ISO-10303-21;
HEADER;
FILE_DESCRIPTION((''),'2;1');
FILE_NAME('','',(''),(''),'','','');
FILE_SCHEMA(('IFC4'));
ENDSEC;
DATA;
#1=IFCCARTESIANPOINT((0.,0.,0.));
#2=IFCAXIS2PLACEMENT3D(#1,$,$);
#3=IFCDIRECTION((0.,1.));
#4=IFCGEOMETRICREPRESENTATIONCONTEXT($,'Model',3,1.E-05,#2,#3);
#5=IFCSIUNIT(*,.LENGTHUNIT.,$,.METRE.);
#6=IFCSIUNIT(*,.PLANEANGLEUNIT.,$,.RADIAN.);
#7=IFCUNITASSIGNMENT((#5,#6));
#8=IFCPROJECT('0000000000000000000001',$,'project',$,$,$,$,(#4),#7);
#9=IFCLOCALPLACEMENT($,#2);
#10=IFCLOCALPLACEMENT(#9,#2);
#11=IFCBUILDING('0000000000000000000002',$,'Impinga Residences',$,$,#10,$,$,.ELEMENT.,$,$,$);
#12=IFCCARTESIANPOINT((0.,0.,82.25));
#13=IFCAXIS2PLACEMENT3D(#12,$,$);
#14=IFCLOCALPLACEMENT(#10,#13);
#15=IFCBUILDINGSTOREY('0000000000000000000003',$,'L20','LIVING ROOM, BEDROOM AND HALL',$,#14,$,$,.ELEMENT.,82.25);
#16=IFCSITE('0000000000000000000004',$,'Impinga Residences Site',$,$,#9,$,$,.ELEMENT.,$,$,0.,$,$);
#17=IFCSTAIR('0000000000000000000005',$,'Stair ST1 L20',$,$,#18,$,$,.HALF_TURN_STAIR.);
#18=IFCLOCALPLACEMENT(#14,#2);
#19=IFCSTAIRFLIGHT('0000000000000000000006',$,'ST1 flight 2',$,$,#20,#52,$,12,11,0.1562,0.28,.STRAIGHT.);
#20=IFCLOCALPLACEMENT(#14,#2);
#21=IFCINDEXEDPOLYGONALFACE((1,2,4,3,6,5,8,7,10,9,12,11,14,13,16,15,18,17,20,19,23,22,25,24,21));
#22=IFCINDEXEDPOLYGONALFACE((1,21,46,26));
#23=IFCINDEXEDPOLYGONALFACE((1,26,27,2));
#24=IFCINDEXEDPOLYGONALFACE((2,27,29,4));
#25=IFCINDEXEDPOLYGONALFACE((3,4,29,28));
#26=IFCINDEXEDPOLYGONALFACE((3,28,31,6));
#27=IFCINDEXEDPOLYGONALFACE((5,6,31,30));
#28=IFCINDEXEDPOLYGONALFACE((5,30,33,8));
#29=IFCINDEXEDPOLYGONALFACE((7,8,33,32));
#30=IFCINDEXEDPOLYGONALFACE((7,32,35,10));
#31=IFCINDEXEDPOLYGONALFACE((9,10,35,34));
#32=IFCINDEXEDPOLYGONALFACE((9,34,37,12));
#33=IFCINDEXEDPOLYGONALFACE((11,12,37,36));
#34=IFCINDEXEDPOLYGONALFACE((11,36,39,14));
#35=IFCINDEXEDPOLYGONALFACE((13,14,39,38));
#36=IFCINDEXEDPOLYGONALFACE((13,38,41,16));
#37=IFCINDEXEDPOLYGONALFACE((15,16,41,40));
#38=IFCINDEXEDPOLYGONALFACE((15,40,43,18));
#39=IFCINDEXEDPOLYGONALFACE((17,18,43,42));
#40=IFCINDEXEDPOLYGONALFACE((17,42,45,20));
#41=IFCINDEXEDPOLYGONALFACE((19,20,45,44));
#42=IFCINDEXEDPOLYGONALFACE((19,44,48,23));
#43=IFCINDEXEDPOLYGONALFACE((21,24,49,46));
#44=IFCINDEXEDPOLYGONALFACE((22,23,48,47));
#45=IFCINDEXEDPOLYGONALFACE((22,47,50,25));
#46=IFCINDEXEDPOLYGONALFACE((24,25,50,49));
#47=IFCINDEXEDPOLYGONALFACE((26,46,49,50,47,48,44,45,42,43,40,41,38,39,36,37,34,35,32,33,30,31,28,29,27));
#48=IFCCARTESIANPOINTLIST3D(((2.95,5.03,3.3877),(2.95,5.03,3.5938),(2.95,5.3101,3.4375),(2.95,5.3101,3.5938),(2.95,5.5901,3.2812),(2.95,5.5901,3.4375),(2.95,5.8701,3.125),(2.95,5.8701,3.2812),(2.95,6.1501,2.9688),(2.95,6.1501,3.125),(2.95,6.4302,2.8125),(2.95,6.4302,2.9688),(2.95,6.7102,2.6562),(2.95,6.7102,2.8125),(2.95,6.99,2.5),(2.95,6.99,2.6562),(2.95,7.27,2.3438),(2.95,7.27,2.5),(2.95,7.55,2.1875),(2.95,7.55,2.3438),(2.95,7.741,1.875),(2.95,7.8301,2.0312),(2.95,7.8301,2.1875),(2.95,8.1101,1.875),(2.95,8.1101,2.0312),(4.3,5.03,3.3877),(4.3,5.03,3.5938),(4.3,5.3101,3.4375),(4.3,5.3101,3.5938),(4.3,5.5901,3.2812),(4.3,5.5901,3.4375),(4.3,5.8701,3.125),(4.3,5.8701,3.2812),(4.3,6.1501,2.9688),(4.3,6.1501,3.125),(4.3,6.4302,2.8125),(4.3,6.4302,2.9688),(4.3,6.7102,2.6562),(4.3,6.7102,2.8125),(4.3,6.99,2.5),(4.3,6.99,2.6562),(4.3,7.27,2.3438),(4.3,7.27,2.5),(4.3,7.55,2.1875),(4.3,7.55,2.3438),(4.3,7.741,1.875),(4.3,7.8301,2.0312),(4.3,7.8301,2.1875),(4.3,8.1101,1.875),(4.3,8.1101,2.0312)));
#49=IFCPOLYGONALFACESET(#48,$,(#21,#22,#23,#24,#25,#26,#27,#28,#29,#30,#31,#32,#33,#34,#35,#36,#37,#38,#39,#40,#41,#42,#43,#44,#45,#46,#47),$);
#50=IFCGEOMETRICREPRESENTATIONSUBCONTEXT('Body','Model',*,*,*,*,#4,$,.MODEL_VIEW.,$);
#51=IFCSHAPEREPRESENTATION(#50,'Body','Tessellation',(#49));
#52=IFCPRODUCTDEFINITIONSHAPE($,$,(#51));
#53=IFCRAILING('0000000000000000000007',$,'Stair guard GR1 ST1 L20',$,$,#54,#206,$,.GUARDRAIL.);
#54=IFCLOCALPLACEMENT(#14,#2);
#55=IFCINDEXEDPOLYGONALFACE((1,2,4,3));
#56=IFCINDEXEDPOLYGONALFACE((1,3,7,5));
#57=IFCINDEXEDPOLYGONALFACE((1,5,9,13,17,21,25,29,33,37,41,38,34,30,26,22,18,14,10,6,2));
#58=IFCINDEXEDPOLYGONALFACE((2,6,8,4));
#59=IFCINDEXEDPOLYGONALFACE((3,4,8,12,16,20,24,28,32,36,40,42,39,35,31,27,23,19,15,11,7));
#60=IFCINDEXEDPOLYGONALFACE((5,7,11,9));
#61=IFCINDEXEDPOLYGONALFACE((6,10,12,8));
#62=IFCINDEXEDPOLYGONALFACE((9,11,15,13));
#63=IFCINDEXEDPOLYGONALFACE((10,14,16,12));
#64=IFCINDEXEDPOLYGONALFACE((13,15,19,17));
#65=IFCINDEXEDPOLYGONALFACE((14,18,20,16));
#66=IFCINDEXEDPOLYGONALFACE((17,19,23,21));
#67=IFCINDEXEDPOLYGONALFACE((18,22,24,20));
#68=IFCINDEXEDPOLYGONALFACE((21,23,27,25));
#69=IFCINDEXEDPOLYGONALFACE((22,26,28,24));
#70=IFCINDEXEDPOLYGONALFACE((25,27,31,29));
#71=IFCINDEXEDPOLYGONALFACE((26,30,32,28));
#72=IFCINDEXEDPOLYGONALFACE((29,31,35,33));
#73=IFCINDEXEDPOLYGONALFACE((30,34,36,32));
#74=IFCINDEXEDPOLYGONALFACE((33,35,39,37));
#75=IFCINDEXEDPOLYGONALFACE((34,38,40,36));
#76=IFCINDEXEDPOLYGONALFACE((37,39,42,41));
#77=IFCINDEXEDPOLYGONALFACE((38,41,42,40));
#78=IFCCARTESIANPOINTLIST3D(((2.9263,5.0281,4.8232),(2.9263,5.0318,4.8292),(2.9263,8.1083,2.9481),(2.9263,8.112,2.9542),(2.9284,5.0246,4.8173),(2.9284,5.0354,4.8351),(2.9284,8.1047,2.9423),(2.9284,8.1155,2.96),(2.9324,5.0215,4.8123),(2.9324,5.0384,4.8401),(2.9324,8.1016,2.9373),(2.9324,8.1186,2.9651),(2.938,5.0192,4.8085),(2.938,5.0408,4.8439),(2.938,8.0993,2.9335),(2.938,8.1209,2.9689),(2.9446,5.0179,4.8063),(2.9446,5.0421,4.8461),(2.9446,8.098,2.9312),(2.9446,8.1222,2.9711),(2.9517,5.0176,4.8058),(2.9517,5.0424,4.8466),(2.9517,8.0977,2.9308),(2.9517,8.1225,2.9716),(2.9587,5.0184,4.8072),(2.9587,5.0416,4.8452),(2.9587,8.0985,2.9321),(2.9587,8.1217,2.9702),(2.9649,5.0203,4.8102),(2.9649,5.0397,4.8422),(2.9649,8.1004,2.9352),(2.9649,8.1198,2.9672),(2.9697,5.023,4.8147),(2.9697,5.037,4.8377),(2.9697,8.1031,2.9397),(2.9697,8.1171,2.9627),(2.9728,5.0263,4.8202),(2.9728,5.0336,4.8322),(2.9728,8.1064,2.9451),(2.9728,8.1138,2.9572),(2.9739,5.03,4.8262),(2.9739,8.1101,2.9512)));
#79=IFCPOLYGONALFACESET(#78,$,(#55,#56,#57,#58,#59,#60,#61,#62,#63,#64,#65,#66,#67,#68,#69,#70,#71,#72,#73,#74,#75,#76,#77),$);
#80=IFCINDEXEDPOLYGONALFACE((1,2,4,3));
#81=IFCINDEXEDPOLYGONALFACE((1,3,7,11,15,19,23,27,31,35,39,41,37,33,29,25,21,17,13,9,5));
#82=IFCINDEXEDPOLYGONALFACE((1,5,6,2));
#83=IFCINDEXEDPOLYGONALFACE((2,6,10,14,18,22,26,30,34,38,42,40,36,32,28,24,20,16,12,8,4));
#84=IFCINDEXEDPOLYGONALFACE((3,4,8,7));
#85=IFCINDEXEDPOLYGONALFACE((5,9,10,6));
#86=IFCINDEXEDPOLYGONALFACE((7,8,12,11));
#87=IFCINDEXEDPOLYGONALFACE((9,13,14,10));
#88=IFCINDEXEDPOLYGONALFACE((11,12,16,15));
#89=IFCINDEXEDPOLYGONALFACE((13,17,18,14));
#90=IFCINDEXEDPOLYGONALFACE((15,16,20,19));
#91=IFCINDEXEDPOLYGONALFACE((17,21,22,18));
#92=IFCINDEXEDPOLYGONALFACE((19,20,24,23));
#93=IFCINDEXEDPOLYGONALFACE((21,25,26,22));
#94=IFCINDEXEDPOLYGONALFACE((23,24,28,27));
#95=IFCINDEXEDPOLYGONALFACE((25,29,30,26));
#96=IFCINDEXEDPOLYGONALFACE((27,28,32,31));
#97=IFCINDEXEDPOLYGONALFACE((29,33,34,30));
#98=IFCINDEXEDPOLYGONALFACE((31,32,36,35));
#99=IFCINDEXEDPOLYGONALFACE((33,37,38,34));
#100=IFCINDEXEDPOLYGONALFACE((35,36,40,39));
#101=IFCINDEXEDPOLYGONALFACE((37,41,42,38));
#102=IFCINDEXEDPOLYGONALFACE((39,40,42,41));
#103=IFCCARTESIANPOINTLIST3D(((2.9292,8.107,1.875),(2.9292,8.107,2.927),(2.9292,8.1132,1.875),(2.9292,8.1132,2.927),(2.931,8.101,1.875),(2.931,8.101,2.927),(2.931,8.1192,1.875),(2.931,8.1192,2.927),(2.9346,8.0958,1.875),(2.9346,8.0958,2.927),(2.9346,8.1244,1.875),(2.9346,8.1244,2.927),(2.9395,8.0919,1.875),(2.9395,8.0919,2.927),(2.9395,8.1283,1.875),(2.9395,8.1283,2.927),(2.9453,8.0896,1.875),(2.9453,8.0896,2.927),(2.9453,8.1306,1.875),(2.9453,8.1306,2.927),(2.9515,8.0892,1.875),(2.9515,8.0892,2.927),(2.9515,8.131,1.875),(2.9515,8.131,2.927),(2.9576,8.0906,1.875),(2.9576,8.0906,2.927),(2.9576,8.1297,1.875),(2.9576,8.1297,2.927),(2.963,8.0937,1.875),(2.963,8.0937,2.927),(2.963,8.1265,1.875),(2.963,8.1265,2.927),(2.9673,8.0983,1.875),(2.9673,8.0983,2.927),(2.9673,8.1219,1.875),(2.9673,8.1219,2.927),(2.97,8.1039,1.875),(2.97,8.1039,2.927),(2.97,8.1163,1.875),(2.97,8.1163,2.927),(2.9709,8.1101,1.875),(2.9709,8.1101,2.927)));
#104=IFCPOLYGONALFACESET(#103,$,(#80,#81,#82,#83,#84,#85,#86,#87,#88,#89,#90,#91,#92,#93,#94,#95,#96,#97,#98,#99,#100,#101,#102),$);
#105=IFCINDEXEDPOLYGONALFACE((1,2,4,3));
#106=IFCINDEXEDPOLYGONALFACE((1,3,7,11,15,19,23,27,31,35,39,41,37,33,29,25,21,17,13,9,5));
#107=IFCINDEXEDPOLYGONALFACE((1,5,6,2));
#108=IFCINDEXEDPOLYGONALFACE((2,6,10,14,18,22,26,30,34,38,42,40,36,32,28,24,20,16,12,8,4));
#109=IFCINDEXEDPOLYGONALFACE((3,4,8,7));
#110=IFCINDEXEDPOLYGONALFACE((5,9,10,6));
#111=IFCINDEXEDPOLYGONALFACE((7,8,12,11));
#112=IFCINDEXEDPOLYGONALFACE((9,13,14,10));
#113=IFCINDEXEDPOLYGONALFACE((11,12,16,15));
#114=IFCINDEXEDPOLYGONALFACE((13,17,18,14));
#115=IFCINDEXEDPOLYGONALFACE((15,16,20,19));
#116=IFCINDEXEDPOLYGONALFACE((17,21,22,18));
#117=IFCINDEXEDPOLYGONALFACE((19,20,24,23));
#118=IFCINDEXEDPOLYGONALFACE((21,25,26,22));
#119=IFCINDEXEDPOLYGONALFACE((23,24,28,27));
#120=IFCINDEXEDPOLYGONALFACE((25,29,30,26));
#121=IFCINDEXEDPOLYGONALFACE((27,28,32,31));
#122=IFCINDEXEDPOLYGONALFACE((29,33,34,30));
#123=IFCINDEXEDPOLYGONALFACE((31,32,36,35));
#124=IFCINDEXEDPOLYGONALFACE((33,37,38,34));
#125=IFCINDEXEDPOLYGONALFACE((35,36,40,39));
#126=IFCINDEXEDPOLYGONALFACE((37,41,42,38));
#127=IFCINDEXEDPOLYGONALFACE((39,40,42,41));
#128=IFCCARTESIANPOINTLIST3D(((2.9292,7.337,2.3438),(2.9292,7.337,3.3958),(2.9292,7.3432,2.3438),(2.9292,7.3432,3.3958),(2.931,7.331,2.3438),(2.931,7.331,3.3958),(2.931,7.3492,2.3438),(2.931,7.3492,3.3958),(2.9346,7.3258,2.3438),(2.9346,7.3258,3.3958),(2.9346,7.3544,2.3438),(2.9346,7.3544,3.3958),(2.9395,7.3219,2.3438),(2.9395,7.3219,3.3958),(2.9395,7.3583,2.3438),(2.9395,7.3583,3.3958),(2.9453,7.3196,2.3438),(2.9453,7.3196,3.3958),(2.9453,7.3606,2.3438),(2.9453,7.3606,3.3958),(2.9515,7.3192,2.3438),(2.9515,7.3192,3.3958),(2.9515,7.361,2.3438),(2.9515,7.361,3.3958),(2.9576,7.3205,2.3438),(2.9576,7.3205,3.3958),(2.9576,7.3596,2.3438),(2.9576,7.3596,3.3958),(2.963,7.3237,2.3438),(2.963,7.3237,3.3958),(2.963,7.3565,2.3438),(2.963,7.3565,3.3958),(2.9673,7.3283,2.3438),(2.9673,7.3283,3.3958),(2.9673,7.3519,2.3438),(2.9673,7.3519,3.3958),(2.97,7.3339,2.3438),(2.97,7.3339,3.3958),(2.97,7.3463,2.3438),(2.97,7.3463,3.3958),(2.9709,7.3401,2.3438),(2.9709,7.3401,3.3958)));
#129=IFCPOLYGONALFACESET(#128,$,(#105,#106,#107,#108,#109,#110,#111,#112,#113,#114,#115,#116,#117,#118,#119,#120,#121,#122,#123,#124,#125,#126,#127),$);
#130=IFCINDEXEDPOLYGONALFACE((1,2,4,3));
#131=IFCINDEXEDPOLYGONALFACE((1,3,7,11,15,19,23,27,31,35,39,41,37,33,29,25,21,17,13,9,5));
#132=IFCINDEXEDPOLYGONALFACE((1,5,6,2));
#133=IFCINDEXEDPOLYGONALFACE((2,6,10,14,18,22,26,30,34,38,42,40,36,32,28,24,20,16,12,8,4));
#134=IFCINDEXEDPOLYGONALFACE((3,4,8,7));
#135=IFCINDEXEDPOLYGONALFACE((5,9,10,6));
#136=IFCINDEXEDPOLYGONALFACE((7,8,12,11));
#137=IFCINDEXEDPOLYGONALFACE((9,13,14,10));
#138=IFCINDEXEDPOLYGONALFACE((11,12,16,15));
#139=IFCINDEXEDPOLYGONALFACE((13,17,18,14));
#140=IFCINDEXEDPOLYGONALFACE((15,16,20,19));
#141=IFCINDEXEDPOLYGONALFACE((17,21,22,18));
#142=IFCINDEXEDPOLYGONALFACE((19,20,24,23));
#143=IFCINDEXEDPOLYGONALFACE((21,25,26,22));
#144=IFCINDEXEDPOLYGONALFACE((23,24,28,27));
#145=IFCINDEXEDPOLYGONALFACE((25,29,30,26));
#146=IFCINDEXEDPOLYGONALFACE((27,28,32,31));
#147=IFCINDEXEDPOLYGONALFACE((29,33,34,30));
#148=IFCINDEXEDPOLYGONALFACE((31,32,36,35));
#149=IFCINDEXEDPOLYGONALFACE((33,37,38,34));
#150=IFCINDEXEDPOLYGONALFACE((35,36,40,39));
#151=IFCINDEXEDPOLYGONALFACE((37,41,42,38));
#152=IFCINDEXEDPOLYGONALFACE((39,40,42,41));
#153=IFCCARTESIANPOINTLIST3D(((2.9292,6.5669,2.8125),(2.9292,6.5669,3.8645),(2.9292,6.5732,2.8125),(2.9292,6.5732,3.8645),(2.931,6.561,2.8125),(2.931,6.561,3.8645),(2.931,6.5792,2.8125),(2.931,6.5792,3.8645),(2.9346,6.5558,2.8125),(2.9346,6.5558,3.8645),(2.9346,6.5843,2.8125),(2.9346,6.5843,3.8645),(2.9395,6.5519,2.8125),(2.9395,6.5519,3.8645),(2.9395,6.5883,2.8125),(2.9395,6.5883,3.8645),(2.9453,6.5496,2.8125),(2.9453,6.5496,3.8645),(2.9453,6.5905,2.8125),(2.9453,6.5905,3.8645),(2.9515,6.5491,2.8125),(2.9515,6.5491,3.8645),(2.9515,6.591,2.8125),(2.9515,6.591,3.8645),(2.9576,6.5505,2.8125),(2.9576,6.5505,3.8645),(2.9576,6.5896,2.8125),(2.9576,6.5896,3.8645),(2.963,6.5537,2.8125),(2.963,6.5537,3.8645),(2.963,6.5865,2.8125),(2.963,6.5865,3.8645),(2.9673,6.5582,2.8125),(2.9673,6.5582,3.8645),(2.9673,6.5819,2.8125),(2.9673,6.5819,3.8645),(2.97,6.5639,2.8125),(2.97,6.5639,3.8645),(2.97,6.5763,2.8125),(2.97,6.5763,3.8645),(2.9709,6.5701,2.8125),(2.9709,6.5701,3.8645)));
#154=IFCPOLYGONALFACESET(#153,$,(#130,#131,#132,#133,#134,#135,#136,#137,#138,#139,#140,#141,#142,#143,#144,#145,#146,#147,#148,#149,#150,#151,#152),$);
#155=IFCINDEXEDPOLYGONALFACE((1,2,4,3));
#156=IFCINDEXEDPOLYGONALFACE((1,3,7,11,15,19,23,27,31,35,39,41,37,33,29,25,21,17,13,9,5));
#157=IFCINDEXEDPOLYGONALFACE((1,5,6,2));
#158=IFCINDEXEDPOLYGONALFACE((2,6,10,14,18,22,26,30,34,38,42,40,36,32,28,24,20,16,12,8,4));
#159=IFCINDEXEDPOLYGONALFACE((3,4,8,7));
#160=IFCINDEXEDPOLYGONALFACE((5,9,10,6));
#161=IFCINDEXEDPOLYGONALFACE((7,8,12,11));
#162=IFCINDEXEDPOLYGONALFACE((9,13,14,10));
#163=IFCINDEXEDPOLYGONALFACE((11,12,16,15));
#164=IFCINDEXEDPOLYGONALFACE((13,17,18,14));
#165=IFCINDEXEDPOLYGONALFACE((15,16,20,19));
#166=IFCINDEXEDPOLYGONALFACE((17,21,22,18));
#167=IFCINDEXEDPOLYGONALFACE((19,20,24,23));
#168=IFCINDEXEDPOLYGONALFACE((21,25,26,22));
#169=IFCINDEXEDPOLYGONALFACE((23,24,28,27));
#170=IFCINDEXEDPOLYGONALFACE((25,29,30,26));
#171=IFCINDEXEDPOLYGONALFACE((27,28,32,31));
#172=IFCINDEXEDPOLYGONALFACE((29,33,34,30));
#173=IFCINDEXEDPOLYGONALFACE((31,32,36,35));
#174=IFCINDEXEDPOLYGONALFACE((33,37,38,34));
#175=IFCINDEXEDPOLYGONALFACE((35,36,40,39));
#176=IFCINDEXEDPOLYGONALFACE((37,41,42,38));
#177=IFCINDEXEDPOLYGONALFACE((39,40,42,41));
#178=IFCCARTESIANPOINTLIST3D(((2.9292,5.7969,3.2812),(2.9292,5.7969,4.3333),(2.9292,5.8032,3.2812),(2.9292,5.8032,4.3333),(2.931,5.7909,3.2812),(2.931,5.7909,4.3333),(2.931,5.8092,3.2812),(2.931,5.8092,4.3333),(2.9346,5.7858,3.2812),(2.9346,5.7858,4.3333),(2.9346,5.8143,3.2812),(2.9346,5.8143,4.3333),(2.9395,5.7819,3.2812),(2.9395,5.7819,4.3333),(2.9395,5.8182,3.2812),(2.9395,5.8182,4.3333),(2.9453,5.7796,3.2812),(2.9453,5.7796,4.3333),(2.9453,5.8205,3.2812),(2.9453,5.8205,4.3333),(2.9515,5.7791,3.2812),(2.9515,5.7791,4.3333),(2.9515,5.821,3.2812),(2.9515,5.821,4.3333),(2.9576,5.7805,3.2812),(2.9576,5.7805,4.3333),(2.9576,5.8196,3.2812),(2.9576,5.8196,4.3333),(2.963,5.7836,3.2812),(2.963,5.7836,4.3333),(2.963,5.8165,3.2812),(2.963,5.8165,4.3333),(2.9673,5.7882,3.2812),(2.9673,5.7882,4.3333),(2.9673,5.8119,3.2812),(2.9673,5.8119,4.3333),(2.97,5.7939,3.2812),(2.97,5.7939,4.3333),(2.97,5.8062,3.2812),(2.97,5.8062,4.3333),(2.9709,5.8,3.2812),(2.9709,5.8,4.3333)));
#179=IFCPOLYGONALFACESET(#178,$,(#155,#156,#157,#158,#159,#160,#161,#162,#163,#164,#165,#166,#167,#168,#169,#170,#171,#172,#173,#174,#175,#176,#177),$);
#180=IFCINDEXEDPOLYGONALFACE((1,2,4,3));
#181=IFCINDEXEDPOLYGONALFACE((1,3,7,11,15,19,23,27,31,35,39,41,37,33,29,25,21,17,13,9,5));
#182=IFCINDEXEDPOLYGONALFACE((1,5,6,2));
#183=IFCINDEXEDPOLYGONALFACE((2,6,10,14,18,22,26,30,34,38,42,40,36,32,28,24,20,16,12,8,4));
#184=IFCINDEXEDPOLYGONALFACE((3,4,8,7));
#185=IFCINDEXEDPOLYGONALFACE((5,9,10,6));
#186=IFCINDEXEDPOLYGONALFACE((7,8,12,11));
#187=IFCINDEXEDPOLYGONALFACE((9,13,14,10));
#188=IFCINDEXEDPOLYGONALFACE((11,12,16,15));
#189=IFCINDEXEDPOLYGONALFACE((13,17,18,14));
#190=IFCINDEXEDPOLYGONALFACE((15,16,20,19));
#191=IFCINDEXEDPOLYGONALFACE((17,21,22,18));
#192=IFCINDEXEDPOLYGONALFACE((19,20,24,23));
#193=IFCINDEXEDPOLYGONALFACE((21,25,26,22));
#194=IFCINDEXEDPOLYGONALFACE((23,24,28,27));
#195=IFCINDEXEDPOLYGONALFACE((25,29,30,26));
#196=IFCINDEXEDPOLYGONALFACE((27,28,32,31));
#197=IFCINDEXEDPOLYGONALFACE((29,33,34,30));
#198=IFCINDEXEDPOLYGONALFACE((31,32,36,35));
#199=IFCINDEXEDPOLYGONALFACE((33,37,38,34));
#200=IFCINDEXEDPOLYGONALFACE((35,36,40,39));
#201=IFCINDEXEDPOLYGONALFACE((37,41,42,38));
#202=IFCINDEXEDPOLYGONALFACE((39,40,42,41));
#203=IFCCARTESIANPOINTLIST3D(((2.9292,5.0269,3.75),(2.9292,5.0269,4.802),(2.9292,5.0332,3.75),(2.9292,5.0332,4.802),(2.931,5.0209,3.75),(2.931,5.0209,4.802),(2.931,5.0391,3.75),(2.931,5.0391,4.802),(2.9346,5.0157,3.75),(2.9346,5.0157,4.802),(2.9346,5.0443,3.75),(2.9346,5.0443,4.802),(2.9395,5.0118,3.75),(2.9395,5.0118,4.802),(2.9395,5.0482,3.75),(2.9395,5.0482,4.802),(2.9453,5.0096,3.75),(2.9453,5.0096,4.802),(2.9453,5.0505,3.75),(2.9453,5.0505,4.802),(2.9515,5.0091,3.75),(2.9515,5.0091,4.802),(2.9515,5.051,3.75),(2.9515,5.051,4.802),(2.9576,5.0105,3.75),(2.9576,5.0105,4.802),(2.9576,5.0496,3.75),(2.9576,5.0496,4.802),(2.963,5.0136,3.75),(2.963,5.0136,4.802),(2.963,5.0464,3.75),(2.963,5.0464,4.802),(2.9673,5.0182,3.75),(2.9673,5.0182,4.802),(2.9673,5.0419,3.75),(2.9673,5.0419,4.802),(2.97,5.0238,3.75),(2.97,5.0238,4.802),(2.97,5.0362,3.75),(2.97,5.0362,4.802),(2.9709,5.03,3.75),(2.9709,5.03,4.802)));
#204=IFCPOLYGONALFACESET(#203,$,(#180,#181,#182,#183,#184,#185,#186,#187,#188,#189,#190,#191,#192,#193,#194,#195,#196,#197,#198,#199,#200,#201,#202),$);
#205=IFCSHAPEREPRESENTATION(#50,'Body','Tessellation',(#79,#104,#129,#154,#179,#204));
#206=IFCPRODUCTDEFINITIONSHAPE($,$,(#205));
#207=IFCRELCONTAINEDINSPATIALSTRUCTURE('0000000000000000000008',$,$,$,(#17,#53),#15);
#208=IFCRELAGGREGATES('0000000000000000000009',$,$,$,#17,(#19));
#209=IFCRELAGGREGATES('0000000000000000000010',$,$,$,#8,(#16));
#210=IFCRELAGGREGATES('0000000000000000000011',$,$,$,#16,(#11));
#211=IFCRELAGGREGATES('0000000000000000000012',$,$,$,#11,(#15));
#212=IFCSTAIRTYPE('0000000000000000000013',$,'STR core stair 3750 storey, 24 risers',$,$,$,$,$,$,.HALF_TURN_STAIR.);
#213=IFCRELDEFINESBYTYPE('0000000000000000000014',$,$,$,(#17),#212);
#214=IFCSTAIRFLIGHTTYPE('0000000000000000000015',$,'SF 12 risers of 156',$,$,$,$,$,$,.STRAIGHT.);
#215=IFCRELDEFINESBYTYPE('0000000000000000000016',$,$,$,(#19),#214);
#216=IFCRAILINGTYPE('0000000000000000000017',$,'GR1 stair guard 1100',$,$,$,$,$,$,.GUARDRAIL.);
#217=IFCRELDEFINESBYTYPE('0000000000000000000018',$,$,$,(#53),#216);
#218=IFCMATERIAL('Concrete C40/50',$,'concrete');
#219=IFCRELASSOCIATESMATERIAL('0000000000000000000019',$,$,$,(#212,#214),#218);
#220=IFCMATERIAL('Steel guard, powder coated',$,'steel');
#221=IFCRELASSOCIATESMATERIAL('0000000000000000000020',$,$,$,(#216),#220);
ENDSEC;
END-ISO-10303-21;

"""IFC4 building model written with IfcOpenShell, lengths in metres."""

from ifc_helpers import new_model, si_unit, direction, frame, origin, origin_2d, place, context, subcontext, project, spatial, polyline, circle, outline, extrude, material, type_object, element, aggregate, save


model = new_model("IFC4")

# Units and contexts
model_context = context("Model", 3, precision=1e-05, world=origin(), true_north=direction((0.0, 1.0)))
body_context = subcontext(model_context, "Body", "Model", "MODEL_VIEW")
ifc_project = project(units=[si_unit("LENGTHUNIT", "METRE"), si_unit("PLANEANGLEUNIT", "RADIAN")], contexts=[model_context])

# Site, building, storey
site_placement = place(None, origin())
site = spatial("IfcSite", under=ifc_project, at=site_placement, Name="Impinga Residences Site", CompositionType="ELEMENT", RefElevation=0.0)
building_placement = place(site_placement, origin())
building = spatial("IfcBuilding", under=site, at=building_placement, Name="Impinga Residences", CompositionType="ELEMENT")
storey_placement = place(building_placement, frame((0.0, 0.0, 82.25)))
storey = spatial("IfcBuildingStorey", under=building, at=storey_placement, Name="L20", Description="LIVING ROOM, BEDROOM AND HALL", CompositionType="ELEMENT", Elevation=82.25)

# Stair, stair flight
ifc_material_1 = material(Name="Concrete C40/50", Category="concrete")
stair_type = type_object("IfcStairType", Name="STR core stair 3750 storey, 24 risers", PredefinedType="HALF_TURN_STAIR", material=ifc_material_1)
stair_placement = place(storey_placement, origin())
stair = element("IfcStair", 1, at=stair_placement, inside=storey, type_object=stair_type, Name="Stair ST1 L20", PredefinedType="HALF_TURN_STAIR")
stair_flight_type = type_object("IfcStairFlightType", Name="SF 12 risers of 156", PredefinedType="STRAIGHT", material=ifc_material_1)
stair_flight_1_placement = place(storey_placement, frame((3.625, 8.1101, 1.875), z_axis=(0.0, 0.0, 1.0), x_axis=(0.0, -1.0, 0.0)))
stair_flight_1 = element("IfcStairFlight", 2, at=stair_flight_1_placement, type_object=stair_flight_type, Name="ST1 flight 2", NumberOfRisers=12, NumberOfTreads=11, PredefinedType="STRAIGHT", RiserHeight=0.1562, TreadLength=0.28, context=body_context, shape_type="SweptSolid", body=[
    extrude(outline(polyline([(0.0, 0.0), (0.0, 0.1562), (0.28, 0.1562), (0.28, 0.3125), (0.5601, 0.3125), (0.5601, 0.4688), (0.8401, 0.4688), (0.8401, 0.625), (1.1201, 0.625), (1.1201, 0.7812), (1.3999, 0.7812), (1.3999, 0.9375), (1.6799, 0.9375), (1.6799, 1.0938), (1.96, 1.0938), (1.96, 1.25), (2.24, 1.25), (2.24, 1.4062), (2.52, 1.4062), (2.52, 1.5625), (2.8, 1.5625), (2.8, 1.7188), (3.0801, 1.7188), (3.0801, 1.875), (3.0801, 1.5127), (0.3691, 0.0), (0.0, 0.0)])), frame((0.0, 0.675, 0.0), z_axis=(0.0, -1.0, 0.0), x_axis=(1.0, 0.0, 0.0)), (0.0, 0.0, 1.0), 1.3501),
])
aggregate(stair, [stair_flight_1])

# Railing
ifc_material_2 = material(Name="Steel guard, powder coated", Category="steel")
railing_type_1 = type_object("IfcRailingType", Name="GR1 stair guard 1100", PredefinedType="GUARDRAIL", material=ifc_material_2)
railing_1_placement = place(storey_placement, frame((2.95, 8.1101, 1.875)))
element("IfcRailing", 3, at=railing_1_placement, inside=storey, type_object=railing_type_1, Name="Stair guard GR1 ST1 L20", PredefinedType="GUARDRAIL", context=body_context, shape_type="SweptSolid", body=[
    extrude(circle(Radius=0.0239, at=origin_2d()), frame((0.0, 0.0, 1.0762), z_axis=(0.0, -0.854178, 0.519981), x_axis=(1.0, 0.0, 0.0)), (0.0, 0.0, 1.0), 3.606),
    extrude(circle(Radius=0.021, at=origin_2d()), origin(), (0.0, 0.0, 1.0), 1.052),
    extrude(circle(Radius=0.021, at=origin_2d()), frame((0.0, -0.77, 0.4688)), (0.0, 0.0, 1.0), 1.052),
    extrude(circle(Radius=0.021, at=origin_2d()), frame((0.0, -1.54, 0.9375)), (0.0, 0.0, 1.0), 1.052),
    extrude(circle(Radius=0.021, at=origin_2d()), frame((0.0, -2.3101, 1.4062)), (0.0, 0.0, 1.0), 1.052),
    extrude(circle(Radius=0.021, at=origin_2d()), frame((0.0, -3.0801, 1.875)), (0.0, 0.0, 1.0), 1.052),
])

save(model, "model.ifc")
